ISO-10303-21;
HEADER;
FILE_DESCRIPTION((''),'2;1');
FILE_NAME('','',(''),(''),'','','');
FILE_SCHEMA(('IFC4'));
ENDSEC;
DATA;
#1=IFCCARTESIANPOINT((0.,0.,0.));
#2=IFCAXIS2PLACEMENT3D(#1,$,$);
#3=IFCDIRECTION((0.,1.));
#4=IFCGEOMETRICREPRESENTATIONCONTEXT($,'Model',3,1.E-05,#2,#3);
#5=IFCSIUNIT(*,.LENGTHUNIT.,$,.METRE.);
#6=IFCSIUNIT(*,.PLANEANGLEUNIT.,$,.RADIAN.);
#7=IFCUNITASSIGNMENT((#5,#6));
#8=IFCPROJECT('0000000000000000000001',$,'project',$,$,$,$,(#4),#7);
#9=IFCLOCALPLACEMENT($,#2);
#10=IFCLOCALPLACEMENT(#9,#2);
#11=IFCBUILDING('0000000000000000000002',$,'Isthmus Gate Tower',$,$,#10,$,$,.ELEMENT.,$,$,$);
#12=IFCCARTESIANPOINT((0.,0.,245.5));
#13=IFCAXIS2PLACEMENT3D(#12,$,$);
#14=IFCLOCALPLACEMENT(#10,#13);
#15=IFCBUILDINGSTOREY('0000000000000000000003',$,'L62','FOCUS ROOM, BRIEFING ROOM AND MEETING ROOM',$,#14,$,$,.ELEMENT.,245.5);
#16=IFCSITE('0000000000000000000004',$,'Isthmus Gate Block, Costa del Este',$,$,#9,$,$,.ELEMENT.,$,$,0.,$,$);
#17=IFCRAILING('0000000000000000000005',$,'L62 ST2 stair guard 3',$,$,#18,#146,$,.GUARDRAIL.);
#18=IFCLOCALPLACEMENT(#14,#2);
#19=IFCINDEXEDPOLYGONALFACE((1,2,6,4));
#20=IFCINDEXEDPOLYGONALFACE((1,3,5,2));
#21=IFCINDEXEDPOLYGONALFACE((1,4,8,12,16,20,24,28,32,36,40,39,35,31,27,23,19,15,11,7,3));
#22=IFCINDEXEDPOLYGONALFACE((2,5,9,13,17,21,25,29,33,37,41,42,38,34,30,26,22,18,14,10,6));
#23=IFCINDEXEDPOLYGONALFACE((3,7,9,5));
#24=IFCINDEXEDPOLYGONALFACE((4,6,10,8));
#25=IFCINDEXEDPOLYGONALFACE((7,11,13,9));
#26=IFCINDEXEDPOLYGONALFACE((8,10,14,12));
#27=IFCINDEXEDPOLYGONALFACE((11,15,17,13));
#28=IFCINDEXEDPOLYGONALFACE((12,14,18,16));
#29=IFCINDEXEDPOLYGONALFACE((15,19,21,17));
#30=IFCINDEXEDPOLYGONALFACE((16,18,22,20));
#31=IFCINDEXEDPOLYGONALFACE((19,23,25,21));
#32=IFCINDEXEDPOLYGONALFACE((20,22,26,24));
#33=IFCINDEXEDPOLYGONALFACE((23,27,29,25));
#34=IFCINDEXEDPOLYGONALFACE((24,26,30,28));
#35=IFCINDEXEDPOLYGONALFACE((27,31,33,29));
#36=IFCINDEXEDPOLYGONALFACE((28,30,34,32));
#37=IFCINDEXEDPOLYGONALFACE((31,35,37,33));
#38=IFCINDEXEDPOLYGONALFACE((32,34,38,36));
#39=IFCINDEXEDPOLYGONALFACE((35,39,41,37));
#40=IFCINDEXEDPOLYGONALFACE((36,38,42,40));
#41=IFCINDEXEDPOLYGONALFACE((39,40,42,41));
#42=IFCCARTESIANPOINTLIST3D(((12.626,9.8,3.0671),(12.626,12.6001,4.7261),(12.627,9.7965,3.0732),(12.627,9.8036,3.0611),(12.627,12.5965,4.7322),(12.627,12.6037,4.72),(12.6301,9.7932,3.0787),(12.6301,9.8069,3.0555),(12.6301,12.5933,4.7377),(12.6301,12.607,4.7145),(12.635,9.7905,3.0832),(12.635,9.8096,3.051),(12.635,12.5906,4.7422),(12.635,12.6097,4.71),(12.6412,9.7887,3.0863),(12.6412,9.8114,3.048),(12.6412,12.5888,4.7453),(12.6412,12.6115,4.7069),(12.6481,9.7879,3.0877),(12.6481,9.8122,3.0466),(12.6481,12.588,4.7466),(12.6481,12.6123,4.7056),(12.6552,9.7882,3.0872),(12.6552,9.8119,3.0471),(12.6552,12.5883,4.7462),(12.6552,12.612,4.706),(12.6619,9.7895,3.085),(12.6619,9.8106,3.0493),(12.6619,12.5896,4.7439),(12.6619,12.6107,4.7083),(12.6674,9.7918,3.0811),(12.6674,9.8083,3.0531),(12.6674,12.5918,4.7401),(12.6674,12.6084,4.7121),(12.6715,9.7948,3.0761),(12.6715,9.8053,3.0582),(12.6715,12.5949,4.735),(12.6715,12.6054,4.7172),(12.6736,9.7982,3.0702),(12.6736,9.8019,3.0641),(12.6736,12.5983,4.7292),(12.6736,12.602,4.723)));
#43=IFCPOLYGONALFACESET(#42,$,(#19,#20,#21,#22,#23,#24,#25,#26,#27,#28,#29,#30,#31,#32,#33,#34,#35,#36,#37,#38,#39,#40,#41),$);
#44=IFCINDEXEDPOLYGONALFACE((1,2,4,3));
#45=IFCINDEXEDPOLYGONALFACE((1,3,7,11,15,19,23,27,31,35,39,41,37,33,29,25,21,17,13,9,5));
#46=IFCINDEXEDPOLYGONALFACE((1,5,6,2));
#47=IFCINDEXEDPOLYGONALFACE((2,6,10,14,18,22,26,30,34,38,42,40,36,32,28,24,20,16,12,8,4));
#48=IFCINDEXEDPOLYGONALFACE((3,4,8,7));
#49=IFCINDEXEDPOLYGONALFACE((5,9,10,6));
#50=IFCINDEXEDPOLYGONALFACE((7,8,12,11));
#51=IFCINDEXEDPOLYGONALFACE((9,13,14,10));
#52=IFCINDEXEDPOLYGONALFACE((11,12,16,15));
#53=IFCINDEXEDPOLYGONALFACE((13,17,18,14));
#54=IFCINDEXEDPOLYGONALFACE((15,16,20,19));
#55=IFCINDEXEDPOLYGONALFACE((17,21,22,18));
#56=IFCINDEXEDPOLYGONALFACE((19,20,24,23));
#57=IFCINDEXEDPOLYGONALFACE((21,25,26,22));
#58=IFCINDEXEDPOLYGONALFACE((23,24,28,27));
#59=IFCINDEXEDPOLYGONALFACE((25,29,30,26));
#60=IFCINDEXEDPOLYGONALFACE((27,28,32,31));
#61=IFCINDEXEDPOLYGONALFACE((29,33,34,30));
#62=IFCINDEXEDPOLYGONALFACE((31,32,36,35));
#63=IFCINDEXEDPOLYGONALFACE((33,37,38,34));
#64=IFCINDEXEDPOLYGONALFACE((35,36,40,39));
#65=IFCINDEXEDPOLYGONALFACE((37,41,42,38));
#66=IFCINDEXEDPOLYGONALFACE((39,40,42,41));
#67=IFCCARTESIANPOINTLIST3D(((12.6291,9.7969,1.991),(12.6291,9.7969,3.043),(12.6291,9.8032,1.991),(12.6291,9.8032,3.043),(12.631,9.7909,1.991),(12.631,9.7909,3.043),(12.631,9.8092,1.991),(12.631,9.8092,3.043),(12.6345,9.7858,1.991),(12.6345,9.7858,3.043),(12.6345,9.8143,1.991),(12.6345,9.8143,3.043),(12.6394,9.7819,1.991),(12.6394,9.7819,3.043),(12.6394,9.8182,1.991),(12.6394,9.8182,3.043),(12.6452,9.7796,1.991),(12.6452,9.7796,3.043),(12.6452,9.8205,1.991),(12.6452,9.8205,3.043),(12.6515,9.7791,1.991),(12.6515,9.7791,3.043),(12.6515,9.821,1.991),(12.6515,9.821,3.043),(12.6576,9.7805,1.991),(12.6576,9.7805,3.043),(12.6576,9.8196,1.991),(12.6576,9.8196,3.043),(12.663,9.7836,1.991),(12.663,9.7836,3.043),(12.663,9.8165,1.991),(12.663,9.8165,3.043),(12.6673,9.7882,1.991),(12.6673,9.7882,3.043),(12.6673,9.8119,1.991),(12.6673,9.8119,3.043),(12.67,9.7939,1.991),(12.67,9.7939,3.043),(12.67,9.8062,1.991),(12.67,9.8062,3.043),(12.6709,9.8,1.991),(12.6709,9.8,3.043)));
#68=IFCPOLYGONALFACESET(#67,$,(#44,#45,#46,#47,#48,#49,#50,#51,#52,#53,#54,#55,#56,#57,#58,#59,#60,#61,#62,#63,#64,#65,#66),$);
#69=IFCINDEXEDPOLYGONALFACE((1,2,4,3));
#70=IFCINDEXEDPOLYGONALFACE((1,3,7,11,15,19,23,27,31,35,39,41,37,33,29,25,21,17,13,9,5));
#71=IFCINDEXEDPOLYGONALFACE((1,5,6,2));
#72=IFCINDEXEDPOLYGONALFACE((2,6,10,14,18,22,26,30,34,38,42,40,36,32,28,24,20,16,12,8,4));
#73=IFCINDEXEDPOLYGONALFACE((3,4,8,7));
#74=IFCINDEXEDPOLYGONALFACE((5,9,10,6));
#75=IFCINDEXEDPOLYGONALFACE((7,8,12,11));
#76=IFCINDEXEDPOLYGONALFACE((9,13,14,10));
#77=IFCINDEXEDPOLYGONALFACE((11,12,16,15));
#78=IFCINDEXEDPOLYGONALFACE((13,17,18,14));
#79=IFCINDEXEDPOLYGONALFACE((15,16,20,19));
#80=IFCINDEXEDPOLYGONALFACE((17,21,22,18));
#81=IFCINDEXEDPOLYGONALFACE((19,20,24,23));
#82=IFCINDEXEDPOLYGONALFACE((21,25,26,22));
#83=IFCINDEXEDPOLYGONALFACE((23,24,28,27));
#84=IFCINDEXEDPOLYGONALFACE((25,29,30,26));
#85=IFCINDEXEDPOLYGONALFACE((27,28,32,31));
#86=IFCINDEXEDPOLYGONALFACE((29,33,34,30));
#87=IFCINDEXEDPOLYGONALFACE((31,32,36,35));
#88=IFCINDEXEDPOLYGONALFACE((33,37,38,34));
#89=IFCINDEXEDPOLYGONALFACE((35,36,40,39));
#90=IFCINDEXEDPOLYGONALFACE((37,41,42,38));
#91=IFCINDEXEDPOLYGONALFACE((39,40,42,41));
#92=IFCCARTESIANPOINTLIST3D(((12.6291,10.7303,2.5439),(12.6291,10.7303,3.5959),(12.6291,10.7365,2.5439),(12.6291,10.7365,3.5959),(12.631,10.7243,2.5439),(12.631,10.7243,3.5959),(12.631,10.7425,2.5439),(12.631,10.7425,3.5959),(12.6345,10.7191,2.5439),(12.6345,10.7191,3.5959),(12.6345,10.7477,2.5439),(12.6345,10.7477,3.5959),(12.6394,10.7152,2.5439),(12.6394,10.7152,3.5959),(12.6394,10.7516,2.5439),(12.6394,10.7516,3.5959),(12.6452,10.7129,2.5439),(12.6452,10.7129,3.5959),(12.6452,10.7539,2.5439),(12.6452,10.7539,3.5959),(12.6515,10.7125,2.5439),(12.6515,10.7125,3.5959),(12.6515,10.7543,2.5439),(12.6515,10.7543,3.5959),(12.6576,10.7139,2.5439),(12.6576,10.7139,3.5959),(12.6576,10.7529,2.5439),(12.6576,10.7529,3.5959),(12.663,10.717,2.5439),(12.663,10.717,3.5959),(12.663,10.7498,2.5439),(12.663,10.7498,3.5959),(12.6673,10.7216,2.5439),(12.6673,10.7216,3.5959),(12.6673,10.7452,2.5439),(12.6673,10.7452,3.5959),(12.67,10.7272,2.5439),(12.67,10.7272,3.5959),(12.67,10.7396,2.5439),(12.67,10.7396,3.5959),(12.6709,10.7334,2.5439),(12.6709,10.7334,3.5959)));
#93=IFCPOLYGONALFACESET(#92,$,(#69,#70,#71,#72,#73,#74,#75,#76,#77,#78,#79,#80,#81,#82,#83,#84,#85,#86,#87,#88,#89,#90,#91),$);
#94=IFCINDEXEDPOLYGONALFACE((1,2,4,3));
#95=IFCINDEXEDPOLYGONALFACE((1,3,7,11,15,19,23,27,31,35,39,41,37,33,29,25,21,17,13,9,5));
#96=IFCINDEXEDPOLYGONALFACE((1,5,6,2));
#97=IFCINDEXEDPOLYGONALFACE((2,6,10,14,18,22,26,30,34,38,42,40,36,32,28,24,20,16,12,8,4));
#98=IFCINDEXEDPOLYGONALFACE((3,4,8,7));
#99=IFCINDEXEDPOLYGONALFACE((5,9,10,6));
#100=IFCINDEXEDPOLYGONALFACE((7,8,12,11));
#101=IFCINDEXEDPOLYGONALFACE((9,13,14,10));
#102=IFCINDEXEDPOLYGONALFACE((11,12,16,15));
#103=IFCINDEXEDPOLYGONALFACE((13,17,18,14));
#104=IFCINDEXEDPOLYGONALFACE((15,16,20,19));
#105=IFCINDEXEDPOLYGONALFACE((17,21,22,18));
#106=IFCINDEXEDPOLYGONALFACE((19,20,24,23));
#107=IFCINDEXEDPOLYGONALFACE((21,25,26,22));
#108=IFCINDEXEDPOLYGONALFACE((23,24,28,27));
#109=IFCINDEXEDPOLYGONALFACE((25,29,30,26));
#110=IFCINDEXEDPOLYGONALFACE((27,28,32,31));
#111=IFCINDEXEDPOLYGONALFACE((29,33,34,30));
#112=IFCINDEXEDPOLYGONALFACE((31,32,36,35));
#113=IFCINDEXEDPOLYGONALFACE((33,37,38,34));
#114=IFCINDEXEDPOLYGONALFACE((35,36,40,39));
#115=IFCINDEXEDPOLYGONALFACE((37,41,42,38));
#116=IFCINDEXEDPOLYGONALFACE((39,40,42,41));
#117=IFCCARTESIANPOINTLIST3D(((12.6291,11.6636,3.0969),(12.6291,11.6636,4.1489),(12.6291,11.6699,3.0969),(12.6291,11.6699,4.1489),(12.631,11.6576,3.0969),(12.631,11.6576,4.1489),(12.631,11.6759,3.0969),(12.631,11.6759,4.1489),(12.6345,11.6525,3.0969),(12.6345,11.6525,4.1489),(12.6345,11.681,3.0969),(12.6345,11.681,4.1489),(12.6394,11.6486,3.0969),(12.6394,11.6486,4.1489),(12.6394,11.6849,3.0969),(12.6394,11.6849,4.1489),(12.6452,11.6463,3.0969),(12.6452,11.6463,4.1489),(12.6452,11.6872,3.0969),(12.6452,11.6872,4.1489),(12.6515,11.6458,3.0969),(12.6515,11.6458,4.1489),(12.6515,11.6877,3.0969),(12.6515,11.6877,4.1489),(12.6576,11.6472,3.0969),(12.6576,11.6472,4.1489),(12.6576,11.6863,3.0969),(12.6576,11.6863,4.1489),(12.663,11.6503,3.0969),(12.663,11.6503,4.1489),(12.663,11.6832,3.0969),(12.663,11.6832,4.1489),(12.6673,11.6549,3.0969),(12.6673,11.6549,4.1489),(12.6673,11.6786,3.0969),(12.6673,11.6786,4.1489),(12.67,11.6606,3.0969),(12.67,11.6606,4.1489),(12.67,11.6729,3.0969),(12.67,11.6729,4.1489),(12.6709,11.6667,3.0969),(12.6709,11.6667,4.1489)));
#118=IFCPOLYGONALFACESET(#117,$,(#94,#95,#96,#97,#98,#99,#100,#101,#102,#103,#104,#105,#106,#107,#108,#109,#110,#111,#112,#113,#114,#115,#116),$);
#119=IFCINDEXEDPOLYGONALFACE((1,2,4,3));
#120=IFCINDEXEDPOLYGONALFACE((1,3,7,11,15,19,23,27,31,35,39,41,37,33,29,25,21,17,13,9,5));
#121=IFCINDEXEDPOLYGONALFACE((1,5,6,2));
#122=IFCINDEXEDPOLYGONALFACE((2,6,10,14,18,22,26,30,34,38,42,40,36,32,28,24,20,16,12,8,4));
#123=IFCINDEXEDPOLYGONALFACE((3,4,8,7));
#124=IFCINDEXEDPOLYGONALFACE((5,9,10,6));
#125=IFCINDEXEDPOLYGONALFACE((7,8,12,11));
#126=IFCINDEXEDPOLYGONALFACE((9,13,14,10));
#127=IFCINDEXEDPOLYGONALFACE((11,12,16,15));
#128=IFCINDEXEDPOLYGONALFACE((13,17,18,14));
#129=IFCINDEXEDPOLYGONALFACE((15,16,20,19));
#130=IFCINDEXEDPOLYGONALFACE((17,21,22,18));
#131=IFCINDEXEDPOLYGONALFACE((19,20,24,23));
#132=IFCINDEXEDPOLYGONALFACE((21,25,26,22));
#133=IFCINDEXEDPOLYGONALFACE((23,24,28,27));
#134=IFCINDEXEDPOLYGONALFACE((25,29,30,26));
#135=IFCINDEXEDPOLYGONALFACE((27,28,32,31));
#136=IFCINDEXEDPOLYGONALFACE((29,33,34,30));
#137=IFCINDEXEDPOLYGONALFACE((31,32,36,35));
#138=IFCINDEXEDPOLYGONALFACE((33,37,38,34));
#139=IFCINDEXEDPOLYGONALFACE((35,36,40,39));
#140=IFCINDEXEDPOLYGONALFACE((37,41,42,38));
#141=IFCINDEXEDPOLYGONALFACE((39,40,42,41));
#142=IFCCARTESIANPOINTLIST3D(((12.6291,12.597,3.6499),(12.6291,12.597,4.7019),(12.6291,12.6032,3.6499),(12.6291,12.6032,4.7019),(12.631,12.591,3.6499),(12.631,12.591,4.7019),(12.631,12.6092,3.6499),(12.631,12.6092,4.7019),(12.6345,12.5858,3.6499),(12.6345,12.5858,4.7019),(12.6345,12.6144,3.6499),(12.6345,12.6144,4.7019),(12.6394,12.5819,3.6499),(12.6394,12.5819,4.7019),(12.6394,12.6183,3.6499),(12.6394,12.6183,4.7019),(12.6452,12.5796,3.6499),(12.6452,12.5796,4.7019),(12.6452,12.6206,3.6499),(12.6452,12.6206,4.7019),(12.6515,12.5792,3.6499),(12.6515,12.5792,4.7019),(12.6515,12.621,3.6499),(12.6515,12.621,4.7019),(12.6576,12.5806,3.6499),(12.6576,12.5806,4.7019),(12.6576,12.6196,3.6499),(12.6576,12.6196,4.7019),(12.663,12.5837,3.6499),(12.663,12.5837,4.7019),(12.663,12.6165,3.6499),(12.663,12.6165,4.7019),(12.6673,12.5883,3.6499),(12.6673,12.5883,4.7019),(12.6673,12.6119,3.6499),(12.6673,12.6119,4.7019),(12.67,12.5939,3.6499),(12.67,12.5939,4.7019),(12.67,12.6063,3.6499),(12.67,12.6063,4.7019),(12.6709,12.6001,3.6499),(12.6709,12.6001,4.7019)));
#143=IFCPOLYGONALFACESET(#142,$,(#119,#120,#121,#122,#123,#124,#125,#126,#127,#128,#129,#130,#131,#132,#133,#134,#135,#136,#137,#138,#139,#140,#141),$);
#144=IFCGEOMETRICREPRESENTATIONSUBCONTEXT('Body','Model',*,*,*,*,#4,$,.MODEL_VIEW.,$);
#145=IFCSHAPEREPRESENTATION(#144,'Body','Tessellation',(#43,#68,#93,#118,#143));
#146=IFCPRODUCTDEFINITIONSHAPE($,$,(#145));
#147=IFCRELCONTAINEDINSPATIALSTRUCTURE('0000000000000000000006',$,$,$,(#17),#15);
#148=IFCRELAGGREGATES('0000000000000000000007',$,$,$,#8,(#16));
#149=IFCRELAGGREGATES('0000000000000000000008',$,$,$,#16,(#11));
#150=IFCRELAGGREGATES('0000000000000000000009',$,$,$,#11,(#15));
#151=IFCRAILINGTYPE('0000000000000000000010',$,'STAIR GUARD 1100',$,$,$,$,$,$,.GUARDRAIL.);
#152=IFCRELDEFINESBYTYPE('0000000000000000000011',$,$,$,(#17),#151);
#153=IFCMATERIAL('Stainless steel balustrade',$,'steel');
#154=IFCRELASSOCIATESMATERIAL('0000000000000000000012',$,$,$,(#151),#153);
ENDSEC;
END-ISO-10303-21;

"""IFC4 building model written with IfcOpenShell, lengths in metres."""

from ifc_helpers import new_model, si_unit, direction, frame, origin, origin_2d, place, context, subcontext, project, spatial, circle, extrude, material, type_object, element, save


model = new_model("IFC4")

# Units and contexts
model_context = context("Model", 3, precision=1e-05, world=origin(), true_north=direction((0.0, 1.0)))
body_context = subcontext(model_context, "Body", "Model", "MODEL_VIEW")
ifc_project = project(units=[si_unit("LENGTHUNIT", "METRE"), si_unit("PLANEANGLEUNIT", "RADIAN")], contexts=[model_context])

# Site, building, storey
site_placement = place(None, origin())
site = spatial("IfcSite", under=ifc_project, at=site_placement, Name="Isthmus Gate Block, Costa del Este", CompositionType="ELEMENT", RefElevation=0.0)
building_placement = place(site_placement, origin())
building = spatial("IfcBuilding", under=site, at=building_placement, Name="Isthmus Gate Tower", CompositionType="ELEMENT")
storey_placement = place(building_placement, frame((0.0, 0.0, 245.5)))
storey = spatial("IfcBuildingStorey", under=building, at=storey_placement, Name="L62", Description="FOCUS ROOM, BRIEFING ROOM AND MEETING ROOM", CompositionType="ELEMENT", Elevation=245.5)

# Railing
ifc_material_1 = material(Name="Stainless steel balustrade", Category="steel")
railing_type_1 = type_object("IfcRailingType", Name="STAIR GUARD 1100", PredefinedType="GUARDRAIL", material=ifc_material_1)
for number, where, name in (
    (1, (12.6499, 9.8, 1.991), "L62 ST2 stair guard 3"),
):
    element("IfcRailing", number, at=place(storey_placement, frame(where)), inside=storey, type_object=railing_type_1, Name=name, PredefinedType="GUARDRAIL", context=body_context, shape_type="SweptSolid", body=[
        extrude(circle(Radius=0.0239, at=origin_2d()), frame((0.0, 0.0, 1.0762), z_axis=(0.0, 0.860339, 0.509722), x_axis=(-1.0, 0.0, 0.0)), (0.0, 0.0, 1.0), 3.2546),
        extrude(circle(Radius=0.021, at=origin_2d()), origin(), (0.0, 0.0, 1.0), 1.052),
        extrude(circle(Radius=0.021, at=origin_2d()), frame((0.0, 0.9333, 0.553)), (0.0, 0.0, 1.0), 1.052),
        extrude(circle(Radius=0.021, at=origin_2d()), frame((0.0, 1.8667, 1.106)), (0.0, 0.0, 1.0), 1.052),
        extrude(circle(Radius=0.021, at=origin_2d()), frame((0.0, 2.8, 1.6589)), (0.0, 0.0, 1.0), 1.052),
    ])

save(model, "model.ifc")
